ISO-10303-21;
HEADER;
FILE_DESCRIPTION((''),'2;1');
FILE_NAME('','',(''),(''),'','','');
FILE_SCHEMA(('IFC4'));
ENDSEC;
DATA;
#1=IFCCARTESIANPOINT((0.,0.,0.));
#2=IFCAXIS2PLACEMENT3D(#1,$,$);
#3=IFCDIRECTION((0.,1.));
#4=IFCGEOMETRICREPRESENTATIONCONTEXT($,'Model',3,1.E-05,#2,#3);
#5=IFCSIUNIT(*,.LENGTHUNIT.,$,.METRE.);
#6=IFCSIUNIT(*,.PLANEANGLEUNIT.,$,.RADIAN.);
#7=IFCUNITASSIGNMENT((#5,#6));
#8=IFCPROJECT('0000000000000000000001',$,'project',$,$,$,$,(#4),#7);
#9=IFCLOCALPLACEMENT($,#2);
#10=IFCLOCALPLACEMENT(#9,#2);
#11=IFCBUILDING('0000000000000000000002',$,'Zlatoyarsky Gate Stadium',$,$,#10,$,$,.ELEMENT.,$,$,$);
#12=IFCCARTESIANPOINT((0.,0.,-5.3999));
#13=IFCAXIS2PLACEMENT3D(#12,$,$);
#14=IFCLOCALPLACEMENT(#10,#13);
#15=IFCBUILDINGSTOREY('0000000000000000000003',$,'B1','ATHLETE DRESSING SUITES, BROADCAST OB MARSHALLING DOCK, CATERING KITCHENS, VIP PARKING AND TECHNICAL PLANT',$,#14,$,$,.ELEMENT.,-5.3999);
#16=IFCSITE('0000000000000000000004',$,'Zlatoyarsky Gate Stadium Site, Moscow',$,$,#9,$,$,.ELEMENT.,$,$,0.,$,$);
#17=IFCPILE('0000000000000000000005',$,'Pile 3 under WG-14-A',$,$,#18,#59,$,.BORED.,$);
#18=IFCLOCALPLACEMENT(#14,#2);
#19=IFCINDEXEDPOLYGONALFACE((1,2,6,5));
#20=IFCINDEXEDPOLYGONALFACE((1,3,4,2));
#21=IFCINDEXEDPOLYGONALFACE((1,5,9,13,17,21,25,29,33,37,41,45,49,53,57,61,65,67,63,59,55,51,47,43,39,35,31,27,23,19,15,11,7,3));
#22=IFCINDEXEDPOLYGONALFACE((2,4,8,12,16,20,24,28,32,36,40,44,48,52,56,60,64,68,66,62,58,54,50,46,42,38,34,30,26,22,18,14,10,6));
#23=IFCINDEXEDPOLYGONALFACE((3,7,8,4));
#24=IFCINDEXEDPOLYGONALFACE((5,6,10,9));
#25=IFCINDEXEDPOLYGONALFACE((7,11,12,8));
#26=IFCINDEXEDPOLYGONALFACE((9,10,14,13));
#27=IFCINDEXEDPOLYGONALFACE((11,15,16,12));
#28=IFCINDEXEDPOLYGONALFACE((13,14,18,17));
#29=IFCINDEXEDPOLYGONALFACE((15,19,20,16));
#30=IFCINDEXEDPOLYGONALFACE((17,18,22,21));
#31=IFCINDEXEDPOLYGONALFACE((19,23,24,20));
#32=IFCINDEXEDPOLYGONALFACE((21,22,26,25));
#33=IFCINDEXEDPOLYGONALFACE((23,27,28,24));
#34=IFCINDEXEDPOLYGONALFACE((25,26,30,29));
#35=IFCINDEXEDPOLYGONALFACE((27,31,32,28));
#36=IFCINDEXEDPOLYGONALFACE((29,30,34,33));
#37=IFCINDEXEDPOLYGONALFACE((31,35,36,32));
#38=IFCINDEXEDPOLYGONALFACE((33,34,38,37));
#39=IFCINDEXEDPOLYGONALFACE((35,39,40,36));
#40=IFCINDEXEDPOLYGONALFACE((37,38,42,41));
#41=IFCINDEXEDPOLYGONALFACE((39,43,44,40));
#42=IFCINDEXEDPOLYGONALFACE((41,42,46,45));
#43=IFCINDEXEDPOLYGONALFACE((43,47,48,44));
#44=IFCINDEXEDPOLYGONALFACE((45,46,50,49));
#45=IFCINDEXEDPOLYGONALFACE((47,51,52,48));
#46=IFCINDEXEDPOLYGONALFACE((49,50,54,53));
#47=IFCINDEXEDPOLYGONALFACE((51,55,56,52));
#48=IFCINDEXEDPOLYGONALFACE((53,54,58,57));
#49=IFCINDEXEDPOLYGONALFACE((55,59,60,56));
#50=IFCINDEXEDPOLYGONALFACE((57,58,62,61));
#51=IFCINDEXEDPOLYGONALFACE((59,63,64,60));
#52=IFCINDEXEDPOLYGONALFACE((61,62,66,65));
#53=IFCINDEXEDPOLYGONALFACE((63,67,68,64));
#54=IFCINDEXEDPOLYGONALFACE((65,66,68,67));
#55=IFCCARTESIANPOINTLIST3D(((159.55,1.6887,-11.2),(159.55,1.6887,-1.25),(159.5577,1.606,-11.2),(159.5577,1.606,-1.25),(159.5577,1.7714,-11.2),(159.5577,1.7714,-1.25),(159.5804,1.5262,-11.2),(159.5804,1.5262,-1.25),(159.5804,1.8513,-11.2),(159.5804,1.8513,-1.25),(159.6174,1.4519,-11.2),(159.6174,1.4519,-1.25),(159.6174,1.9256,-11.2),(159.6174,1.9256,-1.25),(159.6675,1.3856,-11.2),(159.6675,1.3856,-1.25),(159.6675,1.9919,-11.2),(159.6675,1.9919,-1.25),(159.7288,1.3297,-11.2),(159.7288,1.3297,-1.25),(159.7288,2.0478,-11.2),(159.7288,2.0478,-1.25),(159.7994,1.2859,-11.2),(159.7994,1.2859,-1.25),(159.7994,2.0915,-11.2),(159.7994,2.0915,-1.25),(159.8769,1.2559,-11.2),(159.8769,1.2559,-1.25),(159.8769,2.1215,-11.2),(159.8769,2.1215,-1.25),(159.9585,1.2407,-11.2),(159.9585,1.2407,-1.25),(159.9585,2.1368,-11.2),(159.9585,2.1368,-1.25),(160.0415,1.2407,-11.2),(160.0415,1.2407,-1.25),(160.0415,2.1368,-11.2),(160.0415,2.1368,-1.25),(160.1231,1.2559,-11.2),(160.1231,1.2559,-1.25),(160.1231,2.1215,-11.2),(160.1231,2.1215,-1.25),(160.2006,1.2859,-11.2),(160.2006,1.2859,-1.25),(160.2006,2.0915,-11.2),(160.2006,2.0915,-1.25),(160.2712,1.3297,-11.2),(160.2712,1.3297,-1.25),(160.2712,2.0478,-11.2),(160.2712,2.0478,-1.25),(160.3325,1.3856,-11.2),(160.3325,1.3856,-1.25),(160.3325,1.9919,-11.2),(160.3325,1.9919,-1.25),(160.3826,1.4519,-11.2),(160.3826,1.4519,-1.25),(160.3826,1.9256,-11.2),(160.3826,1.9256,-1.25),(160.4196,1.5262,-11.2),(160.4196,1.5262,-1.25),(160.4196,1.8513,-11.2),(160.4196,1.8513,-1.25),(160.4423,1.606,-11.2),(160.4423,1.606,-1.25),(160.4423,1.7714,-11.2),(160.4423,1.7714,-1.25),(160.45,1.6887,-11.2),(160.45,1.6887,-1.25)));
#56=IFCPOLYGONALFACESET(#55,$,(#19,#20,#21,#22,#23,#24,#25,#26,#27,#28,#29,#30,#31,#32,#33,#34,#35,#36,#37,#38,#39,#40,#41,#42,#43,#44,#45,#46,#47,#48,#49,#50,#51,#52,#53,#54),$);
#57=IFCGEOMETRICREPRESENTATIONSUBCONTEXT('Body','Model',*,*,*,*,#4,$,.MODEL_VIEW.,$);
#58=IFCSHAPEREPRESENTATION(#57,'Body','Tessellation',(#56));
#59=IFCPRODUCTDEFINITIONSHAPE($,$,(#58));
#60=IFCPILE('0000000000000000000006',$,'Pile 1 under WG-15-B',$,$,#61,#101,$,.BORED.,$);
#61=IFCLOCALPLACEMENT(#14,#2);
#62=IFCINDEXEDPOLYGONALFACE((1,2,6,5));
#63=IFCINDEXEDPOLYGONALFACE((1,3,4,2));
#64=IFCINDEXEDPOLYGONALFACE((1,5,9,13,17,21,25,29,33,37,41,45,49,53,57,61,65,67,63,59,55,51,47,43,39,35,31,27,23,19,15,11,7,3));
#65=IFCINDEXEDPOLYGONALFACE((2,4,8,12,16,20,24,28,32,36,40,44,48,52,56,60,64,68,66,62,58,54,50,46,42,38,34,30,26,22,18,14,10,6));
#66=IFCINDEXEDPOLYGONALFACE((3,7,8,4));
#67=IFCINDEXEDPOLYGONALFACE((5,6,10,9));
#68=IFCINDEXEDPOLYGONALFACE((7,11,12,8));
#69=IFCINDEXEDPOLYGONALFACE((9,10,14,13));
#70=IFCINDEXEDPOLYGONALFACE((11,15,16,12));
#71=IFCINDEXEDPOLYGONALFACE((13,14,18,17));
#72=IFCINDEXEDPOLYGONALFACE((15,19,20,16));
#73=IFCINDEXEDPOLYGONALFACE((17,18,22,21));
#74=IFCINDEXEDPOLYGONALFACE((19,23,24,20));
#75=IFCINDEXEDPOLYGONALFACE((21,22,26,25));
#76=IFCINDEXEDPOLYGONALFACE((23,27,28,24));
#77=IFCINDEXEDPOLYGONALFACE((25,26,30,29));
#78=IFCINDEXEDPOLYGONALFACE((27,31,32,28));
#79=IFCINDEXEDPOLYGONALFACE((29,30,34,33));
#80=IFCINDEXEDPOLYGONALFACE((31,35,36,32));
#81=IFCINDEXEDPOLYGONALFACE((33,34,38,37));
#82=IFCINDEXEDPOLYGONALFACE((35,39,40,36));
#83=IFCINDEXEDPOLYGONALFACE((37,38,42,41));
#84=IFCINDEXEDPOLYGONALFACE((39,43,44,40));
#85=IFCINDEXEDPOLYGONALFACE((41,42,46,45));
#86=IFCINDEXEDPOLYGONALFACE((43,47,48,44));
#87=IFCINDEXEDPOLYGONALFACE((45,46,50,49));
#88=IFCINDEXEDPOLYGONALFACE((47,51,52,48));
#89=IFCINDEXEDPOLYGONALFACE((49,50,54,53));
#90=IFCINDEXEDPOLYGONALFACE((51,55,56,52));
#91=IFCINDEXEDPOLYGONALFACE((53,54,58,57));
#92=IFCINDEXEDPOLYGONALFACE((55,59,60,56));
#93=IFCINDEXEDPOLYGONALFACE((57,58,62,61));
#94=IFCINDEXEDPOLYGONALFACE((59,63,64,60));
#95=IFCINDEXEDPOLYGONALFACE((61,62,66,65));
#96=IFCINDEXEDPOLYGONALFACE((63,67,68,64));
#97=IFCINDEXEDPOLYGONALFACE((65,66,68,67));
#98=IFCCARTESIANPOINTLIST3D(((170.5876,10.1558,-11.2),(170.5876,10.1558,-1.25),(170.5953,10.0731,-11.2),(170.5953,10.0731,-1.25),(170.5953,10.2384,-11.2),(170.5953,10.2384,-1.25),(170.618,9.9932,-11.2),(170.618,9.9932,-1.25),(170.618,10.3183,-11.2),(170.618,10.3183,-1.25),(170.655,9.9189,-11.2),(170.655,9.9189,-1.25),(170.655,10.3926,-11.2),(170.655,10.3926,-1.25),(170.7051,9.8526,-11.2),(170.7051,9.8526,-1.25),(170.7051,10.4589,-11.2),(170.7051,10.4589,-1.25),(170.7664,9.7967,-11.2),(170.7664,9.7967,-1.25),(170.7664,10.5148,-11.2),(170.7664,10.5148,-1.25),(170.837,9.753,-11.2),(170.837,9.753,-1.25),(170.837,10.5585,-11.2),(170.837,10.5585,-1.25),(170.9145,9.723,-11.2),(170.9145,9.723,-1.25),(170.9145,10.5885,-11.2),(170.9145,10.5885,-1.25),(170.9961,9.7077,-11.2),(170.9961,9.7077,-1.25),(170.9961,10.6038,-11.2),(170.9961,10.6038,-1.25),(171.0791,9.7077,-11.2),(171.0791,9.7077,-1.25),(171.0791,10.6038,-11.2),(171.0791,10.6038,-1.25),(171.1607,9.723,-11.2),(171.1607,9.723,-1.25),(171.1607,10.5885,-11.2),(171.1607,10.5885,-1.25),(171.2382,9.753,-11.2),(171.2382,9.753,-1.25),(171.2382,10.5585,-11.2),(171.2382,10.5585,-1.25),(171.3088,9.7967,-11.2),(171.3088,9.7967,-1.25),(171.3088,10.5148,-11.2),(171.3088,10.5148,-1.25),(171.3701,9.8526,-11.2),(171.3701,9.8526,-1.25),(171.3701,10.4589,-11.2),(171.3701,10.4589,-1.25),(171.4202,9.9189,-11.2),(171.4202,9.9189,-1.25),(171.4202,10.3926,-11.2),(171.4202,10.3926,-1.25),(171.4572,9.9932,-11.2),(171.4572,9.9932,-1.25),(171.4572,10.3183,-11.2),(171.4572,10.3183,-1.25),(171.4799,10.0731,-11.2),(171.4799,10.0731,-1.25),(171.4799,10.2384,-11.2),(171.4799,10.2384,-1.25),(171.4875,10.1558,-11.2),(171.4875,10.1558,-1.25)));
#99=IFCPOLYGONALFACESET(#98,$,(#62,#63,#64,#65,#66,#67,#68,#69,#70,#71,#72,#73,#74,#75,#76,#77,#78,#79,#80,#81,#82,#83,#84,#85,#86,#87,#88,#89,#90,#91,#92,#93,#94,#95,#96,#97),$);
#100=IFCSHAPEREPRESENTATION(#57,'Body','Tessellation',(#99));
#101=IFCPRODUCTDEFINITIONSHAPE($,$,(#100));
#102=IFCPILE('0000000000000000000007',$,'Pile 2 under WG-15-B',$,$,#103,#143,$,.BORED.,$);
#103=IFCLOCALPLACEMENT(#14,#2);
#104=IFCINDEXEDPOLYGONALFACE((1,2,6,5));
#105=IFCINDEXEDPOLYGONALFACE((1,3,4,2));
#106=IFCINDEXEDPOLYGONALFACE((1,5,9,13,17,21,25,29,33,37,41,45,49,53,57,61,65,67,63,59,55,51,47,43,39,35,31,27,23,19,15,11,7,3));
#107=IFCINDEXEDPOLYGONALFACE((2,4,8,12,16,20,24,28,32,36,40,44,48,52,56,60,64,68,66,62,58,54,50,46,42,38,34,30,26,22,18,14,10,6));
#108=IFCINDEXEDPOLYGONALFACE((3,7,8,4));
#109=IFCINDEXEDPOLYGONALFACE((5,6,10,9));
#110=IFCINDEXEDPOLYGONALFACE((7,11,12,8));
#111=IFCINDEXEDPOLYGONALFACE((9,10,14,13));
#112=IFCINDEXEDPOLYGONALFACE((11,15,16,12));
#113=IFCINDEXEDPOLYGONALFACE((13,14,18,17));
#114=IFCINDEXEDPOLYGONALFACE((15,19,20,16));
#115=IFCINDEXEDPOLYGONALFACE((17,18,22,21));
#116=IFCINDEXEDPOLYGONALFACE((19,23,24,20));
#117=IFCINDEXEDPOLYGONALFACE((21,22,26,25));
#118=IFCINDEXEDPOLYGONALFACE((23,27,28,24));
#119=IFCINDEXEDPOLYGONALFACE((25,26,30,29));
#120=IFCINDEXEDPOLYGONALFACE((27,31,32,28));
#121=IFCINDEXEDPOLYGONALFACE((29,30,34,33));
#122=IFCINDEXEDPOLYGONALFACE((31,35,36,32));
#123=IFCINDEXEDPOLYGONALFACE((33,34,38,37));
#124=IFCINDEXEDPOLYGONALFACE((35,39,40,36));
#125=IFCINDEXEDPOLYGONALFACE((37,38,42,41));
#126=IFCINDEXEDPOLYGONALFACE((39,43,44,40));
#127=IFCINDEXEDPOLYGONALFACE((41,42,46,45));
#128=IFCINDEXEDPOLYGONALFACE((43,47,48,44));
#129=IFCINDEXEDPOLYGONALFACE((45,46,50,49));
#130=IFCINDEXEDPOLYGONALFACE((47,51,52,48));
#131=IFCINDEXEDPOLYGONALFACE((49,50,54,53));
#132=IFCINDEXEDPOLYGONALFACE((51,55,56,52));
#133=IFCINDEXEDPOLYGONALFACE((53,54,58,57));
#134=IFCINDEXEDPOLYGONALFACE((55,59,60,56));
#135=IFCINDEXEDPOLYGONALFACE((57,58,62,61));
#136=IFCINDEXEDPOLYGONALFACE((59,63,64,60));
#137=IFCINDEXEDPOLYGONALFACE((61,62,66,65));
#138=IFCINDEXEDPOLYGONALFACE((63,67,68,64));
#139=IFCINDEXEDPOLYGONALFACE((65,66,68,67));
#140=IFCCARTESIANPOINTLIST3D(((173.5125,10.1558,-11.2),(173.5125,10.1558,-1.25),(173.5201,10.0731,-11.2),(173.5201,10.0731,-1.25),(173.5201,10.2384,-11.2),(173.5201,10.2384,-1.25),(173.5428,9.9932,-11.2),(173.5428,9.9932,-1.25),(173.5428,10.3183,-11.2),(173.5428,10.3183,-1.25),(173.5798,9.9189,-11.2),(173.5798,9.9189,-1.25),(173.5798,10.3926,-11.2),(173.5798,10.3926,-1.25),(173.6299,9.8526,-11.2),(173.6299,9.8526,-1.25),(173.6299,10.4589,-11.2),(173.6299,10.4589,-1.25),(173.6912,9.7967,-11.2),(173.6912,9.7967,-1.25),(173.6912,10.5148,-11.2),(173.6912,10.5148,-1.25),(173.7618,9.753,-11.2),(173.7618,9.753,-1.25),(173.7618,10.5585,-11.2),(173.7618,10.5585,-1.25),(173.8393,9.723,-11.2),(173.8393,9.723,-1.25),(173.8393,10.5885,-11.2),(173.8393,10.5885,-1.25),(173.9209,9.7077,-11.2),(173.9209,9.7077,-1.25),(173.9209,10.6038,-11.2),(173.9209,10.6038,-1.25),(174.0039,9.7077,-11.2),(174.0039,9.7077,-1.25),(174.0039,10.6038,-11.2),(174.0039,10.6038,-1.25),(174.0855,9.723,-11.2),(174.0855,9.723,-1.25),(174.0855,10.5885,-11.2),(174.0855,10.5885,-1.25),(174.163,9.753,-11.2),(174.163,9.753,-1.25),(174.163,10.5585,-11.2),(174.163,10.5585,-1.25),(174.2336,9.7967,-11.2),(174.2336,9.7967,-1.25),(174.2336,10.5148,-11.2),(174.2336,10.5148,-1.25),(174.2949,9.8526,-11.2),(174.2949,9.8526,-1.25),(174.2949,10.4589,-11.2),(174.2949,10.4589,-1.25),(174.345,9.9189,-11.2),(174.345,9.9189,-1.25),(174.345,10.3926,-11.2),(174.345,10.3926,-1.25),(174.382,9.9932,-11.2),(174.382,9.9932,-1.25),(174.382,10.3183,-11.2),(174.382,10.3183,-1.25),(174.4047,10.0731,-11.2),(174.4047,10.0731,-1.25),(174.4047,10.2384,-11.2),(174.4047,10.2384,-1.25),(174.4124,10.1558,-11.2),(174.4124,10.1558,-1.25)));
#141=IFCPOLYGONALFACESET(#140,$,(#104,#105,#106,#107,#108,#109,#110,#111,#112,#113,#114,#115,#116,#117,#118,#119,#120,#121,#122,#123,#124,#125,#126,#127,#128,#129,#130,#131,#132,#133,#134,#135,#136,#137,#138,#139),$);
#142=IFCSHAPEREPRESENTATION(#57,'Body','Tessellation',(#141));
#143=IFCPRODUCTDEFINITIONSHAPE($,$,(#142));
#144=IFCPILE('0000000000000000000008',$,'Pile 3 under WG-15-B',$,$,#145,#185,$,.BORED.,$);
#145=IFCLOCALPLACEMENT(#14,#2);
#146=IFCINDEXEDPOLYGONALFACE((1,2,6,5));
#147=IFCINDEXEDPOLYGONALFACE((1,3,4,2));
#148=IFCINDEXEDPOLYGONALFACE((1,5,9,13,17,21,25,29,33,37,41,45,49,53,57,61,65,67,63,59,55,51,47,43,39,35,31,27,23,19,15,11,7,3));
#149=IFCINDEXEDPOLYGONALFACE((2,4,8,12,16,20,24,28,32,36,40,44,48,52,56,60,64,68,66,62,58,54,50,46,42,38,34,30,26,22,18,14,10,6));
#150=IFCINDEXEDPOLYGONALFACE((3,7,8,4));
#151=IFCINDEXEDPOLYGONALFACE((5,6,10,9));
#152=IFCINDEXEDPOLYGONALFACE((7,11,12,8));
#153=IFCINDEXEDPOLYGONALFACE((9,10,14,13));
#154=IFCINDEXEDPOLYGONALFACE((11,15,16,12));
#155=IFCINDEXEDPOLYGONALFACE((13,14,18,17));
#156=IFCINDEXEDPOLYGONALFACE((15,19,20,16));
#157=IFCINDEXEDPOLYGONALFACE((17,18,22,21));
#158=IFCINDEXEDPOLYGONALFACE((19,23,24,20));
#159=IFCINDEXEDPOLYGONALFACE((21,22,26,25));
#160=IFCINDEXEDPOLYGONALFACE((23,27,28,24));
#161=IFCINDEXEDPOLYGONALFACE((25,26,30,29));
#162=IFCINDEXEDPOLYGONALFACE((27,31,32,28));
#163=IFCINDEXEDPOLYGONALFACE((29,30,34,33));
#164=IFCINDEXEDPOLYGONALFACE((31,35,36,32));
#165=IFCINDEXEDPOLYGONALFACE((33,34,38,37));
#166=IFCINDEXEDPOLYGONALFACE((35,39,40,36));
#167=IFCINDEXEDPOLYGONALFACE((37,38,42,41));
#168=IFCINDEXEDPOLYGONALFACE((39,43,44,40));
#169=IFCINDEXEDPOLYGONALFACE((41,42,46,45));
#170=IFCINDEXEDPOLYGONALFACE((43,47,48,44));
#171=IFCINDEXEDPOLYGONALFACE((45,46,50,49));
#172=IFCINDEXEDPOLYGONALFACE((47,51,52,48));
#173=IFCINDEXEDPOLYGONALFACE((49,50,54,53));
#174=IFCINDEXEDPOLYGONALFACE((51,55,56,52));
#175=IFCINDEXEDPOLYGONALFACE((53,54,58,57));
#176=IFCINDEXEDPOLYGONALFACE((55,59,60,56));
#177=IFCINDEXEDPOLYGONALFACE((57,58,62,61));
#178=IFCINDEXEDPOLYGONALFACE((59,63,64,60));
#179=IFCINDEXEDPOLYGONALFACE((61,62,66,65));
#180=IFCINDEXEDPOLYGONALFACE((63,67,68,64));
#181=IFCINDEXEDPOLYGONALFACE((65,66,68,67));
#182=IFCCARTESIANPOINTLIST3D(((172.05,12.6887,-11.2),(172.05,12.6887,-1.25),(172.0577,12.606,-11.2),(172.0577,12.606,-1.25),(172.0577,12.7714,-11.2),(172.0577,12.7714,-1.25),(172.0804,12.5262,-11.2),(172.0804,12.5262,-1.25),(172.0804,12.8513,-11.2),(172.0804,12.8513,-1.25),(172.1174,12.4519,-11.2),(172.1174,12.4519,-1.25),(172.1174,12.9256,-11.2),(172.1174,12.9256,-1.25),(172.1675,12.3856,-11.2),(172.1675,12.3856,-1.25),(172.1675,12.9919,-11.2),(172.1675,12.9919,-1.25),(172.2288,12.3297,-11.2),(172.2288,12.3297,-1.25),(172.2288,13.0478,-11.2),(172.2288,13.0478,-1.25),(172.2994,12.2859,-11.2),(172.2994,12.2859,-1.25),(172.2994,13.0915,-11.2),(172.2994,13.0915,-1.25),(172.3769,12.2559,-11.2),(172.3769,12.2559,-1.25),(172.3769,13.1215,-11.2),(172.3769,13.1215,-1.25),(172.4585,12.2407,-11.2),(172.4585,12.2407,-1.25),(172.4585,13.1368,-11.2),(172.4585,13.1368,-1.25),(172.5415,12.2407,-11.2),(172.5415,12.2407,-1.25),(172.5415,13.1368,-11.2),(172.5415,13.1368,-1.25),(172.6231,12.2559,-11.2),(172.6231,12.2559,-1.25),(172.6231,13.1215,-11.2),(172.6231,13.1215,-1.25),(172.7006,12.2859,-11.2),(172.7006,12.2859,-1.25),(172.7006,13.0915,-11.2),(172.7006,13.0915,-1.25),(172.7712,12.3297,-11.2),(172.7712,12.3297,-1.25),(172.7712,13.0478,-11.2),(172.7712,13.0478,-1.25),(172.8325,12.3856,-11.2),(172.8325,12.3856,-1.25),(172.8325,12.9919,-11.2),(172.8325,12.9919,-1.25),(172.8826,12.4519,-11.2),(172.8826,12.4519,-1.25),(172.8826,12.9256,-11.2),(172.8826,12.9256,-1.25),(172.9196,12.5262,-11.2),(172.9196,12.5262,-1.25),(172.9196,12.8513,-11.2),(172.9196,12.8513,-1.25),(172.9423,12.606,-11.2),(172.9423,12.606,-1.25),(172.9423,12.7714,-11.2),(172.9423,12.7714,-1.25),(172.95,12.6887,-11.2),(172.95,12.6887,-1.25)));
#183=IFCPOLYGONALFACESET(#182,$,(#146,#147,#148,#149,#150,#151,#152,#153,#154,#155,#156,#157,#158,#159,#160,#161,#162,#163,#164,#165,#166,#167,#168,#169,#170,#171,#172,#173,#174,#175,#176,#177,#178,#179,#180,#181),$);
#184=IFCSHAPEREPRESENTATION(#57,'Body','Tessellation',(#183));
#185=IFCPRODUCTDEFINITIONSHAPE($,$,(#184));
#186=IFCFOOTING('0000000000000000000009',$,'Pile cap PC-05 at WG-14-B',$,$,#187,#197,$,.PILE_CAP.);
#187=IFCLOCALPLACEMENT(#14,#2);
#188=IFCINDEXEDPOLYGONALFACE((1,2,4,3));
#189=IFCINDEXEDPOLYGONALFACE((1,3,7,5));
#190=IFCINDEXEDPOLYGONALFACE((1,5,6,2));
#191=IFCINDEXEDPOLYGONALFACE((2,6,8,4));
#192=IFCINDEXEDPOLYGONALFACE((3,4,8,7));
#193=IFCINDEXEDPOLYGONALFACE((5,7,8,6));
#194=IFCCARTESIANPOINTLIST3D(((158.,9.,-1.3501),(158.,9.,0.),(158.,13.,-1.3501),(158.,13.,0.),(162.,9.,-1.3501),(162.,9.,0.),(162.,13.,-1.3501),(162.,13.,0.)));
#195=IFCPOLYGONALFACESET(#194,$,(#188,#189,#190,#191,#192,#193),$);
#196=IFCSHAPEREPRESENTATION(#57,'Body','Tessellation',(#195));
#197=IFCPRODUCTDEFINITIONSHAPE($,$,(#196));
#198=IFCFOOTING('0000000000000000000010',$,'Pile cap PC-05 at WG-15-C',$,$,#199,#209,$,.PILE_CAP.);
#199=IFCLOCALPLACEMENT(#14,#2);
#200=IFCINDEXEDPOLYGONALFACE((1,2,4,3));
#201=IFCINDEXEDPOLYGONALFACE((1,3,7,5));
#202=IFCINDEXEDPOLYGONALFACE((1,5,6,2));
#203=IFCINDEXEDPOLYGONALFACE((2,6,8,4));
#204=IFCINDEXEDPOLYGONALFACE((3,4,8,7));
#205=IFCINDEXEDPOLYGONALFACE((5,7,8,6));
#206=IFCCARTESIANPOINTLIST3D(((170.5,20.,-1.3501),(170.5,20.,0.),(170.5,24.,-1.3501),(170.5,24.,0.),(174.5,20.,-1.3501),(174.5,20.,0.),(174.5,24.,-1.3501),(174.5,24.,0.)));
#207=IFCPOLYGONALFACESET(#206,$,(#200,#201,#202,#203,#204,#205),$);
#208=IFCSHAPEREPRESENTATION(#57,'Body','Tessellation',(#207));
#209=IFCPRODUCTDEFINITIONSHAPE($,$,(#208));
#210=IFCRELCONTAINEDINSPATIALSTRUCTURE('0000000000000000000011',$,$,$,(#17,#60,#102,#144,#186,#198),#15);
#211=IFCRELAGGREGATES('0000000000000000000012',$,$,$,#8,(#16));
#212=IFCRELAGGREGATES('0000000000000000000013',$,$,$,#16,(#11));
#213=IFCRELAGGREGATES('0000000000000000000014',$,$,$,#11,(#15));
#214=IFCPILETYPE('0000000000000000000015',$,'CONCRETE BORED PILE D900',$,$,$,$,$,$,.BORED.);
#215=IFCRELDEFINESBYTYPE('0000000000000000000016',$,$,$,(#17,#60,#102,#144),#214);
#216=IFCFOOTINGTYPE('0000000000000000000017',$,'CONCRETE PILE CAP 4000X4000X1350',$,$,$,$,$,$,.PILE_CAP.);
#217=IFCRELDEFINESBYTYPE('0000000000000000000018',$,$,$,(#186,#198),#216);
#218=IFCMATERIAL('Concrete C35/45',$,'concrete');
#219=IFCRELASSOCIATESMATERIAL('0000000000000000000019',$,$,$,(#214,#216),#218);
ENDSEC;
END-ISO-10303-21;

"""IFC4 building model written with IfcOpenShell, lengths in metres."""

from ifc_helpers import new_model, si_unit, direction, frame, origin, origin_2d, place, context, subcontext, project, spatial, rectangle, circle, extrude, material, material_profile, profile_set, type_object, element, save


model = new_model("IFC4")

# Units and contexts
model_context = context("Model", 3, precision=1e-05, world=origin(), true_north=direction((0.0, 1.0)))
body_context = subcontext(model_context, "Body", "Model", "MODEL_VIEW")
ifc_project = project(units=[si_unit("LENGTHUNIT", "METRE"), si_unit("PLANEANGLEUNIT", "RADIAN")], contexts=[model_context])

# Site, building, storey
site_placement = place(None, origin())
site = spatial("IfcSite", under=ifc_project, at=site_placement, Name="Zlatoyarsky Gate Stadium Site, Moscow", CompositionType="ELEMENT", RefElevation=0.0)
building_placement = place(site_placement, origin())
building = spatial("IfcBuilding", under=site, at=building_placement, Name="Zlatoyarsky Gate Stadium", CompositionType="ELEMENT")
storey_placement = place(building_placement, frame((0.0, 0.0, -5.3999)))
storey = spatial("IfcBuildingStorey", under=building, at=storey_placement, Name="B1", Description="ATHLETE DRESSING SUITES, BROADCAST OB MARSHALLING DOCK, CATERING KITCHENS, VIP PARKING AND TECHNICAL PLANT", CompositionType="ELEMENT", Elevation=-5.3999)

# Piles
ifc_material_1 = material(Name="Concrete C35/45", Category="concrete")
ifc_material_profile_1 = material_profile(ifc_material_1, circle(Radius=0.45, at=origin_2d()), Name="BORED PILE D900")
ifc_profile_set_1 = profile_set([ifc_material_profile_1], Name="Concrete C35/45")
pile_type_1 = type_object("IfcPileType", Name="CONCRETE BORED PILE D900", PredefinedType="BORED", material=ifc_profile_set_1)
for number, where, z_axis, x_axis, name in (
    (1, (160.0, 1.6887, -1.25), (0.0, 0.0, -1.0), (1.0, 0.0, 0.0), "Pile 3 under WG-14-A"),
    (2, (171.0376, 10.1558, -1.25), (0.0, 0.0, -1.0), (1.0, 0.0, 0.0), "Pile 1 under WG-15-B"),
    (3, (173.9624, 10.1558, -1.25), (0.0, 0.0, -1.0), (1.0, 0.0, 0.0), "Pile 2 under WG-15-B"),
    (4, (172.5, 12.6887, -1.25), (0.0, 0.0, -1.0), (1.0, 0.0, 0.0), "Pile 3 under WG-15-B"),
):
    element("IfcPile", number, at=place(storey_placement, frame(where, z_axis=z_axis, x_axis=x_axis)), inside=storey, type_object=pile_type_1, Name=name, PredefinedType="BORED", context=body_context, shape_type="SweptSolid", body=[
        extrude(circle(Radius=0.45, at=origin_2d()), origin(), (0.0, 0.0, 1.0), 9.95),
    ])

# Footings
footing_type_1 = type_object("IfcFootingType", Name="CONCRETE PILE CAP 4000X4000X1350", PredefinedType="PILE_CAP", material=ifc_material_1)
for number, where, z_axis, x_axis, name in (
    (5, (160.0, 11.0, -1.3501), (0.0, 0.0, 1.0), (1.0, 0.0, 0.0), "Pile cap PC-05 at WG-14-B"),
    (6, (172.5, 22.0, -1.3501), (0.0, 0.0, 1.0), (1.0, 0.0, 0.0), "Pile cap PC-05 at WG-15-C"),
):
    element("IfcFooting", number, at=place(storey_placement, frame(where, z_axis=z_axis, x_axis=x_axis)), inside=storey, type_object=footing_type_1, Name=name, PredefinedType="PILE_CAP", context=body_context, shape_type="SweptSolid", body=[
        extrude(rectangle(XDim=4.0, YDim=4.0, at=origin_2d()), origin(), (0.0, 0.0, 1.0), 1.3501),
    ])

save(model, "model.ifc")
